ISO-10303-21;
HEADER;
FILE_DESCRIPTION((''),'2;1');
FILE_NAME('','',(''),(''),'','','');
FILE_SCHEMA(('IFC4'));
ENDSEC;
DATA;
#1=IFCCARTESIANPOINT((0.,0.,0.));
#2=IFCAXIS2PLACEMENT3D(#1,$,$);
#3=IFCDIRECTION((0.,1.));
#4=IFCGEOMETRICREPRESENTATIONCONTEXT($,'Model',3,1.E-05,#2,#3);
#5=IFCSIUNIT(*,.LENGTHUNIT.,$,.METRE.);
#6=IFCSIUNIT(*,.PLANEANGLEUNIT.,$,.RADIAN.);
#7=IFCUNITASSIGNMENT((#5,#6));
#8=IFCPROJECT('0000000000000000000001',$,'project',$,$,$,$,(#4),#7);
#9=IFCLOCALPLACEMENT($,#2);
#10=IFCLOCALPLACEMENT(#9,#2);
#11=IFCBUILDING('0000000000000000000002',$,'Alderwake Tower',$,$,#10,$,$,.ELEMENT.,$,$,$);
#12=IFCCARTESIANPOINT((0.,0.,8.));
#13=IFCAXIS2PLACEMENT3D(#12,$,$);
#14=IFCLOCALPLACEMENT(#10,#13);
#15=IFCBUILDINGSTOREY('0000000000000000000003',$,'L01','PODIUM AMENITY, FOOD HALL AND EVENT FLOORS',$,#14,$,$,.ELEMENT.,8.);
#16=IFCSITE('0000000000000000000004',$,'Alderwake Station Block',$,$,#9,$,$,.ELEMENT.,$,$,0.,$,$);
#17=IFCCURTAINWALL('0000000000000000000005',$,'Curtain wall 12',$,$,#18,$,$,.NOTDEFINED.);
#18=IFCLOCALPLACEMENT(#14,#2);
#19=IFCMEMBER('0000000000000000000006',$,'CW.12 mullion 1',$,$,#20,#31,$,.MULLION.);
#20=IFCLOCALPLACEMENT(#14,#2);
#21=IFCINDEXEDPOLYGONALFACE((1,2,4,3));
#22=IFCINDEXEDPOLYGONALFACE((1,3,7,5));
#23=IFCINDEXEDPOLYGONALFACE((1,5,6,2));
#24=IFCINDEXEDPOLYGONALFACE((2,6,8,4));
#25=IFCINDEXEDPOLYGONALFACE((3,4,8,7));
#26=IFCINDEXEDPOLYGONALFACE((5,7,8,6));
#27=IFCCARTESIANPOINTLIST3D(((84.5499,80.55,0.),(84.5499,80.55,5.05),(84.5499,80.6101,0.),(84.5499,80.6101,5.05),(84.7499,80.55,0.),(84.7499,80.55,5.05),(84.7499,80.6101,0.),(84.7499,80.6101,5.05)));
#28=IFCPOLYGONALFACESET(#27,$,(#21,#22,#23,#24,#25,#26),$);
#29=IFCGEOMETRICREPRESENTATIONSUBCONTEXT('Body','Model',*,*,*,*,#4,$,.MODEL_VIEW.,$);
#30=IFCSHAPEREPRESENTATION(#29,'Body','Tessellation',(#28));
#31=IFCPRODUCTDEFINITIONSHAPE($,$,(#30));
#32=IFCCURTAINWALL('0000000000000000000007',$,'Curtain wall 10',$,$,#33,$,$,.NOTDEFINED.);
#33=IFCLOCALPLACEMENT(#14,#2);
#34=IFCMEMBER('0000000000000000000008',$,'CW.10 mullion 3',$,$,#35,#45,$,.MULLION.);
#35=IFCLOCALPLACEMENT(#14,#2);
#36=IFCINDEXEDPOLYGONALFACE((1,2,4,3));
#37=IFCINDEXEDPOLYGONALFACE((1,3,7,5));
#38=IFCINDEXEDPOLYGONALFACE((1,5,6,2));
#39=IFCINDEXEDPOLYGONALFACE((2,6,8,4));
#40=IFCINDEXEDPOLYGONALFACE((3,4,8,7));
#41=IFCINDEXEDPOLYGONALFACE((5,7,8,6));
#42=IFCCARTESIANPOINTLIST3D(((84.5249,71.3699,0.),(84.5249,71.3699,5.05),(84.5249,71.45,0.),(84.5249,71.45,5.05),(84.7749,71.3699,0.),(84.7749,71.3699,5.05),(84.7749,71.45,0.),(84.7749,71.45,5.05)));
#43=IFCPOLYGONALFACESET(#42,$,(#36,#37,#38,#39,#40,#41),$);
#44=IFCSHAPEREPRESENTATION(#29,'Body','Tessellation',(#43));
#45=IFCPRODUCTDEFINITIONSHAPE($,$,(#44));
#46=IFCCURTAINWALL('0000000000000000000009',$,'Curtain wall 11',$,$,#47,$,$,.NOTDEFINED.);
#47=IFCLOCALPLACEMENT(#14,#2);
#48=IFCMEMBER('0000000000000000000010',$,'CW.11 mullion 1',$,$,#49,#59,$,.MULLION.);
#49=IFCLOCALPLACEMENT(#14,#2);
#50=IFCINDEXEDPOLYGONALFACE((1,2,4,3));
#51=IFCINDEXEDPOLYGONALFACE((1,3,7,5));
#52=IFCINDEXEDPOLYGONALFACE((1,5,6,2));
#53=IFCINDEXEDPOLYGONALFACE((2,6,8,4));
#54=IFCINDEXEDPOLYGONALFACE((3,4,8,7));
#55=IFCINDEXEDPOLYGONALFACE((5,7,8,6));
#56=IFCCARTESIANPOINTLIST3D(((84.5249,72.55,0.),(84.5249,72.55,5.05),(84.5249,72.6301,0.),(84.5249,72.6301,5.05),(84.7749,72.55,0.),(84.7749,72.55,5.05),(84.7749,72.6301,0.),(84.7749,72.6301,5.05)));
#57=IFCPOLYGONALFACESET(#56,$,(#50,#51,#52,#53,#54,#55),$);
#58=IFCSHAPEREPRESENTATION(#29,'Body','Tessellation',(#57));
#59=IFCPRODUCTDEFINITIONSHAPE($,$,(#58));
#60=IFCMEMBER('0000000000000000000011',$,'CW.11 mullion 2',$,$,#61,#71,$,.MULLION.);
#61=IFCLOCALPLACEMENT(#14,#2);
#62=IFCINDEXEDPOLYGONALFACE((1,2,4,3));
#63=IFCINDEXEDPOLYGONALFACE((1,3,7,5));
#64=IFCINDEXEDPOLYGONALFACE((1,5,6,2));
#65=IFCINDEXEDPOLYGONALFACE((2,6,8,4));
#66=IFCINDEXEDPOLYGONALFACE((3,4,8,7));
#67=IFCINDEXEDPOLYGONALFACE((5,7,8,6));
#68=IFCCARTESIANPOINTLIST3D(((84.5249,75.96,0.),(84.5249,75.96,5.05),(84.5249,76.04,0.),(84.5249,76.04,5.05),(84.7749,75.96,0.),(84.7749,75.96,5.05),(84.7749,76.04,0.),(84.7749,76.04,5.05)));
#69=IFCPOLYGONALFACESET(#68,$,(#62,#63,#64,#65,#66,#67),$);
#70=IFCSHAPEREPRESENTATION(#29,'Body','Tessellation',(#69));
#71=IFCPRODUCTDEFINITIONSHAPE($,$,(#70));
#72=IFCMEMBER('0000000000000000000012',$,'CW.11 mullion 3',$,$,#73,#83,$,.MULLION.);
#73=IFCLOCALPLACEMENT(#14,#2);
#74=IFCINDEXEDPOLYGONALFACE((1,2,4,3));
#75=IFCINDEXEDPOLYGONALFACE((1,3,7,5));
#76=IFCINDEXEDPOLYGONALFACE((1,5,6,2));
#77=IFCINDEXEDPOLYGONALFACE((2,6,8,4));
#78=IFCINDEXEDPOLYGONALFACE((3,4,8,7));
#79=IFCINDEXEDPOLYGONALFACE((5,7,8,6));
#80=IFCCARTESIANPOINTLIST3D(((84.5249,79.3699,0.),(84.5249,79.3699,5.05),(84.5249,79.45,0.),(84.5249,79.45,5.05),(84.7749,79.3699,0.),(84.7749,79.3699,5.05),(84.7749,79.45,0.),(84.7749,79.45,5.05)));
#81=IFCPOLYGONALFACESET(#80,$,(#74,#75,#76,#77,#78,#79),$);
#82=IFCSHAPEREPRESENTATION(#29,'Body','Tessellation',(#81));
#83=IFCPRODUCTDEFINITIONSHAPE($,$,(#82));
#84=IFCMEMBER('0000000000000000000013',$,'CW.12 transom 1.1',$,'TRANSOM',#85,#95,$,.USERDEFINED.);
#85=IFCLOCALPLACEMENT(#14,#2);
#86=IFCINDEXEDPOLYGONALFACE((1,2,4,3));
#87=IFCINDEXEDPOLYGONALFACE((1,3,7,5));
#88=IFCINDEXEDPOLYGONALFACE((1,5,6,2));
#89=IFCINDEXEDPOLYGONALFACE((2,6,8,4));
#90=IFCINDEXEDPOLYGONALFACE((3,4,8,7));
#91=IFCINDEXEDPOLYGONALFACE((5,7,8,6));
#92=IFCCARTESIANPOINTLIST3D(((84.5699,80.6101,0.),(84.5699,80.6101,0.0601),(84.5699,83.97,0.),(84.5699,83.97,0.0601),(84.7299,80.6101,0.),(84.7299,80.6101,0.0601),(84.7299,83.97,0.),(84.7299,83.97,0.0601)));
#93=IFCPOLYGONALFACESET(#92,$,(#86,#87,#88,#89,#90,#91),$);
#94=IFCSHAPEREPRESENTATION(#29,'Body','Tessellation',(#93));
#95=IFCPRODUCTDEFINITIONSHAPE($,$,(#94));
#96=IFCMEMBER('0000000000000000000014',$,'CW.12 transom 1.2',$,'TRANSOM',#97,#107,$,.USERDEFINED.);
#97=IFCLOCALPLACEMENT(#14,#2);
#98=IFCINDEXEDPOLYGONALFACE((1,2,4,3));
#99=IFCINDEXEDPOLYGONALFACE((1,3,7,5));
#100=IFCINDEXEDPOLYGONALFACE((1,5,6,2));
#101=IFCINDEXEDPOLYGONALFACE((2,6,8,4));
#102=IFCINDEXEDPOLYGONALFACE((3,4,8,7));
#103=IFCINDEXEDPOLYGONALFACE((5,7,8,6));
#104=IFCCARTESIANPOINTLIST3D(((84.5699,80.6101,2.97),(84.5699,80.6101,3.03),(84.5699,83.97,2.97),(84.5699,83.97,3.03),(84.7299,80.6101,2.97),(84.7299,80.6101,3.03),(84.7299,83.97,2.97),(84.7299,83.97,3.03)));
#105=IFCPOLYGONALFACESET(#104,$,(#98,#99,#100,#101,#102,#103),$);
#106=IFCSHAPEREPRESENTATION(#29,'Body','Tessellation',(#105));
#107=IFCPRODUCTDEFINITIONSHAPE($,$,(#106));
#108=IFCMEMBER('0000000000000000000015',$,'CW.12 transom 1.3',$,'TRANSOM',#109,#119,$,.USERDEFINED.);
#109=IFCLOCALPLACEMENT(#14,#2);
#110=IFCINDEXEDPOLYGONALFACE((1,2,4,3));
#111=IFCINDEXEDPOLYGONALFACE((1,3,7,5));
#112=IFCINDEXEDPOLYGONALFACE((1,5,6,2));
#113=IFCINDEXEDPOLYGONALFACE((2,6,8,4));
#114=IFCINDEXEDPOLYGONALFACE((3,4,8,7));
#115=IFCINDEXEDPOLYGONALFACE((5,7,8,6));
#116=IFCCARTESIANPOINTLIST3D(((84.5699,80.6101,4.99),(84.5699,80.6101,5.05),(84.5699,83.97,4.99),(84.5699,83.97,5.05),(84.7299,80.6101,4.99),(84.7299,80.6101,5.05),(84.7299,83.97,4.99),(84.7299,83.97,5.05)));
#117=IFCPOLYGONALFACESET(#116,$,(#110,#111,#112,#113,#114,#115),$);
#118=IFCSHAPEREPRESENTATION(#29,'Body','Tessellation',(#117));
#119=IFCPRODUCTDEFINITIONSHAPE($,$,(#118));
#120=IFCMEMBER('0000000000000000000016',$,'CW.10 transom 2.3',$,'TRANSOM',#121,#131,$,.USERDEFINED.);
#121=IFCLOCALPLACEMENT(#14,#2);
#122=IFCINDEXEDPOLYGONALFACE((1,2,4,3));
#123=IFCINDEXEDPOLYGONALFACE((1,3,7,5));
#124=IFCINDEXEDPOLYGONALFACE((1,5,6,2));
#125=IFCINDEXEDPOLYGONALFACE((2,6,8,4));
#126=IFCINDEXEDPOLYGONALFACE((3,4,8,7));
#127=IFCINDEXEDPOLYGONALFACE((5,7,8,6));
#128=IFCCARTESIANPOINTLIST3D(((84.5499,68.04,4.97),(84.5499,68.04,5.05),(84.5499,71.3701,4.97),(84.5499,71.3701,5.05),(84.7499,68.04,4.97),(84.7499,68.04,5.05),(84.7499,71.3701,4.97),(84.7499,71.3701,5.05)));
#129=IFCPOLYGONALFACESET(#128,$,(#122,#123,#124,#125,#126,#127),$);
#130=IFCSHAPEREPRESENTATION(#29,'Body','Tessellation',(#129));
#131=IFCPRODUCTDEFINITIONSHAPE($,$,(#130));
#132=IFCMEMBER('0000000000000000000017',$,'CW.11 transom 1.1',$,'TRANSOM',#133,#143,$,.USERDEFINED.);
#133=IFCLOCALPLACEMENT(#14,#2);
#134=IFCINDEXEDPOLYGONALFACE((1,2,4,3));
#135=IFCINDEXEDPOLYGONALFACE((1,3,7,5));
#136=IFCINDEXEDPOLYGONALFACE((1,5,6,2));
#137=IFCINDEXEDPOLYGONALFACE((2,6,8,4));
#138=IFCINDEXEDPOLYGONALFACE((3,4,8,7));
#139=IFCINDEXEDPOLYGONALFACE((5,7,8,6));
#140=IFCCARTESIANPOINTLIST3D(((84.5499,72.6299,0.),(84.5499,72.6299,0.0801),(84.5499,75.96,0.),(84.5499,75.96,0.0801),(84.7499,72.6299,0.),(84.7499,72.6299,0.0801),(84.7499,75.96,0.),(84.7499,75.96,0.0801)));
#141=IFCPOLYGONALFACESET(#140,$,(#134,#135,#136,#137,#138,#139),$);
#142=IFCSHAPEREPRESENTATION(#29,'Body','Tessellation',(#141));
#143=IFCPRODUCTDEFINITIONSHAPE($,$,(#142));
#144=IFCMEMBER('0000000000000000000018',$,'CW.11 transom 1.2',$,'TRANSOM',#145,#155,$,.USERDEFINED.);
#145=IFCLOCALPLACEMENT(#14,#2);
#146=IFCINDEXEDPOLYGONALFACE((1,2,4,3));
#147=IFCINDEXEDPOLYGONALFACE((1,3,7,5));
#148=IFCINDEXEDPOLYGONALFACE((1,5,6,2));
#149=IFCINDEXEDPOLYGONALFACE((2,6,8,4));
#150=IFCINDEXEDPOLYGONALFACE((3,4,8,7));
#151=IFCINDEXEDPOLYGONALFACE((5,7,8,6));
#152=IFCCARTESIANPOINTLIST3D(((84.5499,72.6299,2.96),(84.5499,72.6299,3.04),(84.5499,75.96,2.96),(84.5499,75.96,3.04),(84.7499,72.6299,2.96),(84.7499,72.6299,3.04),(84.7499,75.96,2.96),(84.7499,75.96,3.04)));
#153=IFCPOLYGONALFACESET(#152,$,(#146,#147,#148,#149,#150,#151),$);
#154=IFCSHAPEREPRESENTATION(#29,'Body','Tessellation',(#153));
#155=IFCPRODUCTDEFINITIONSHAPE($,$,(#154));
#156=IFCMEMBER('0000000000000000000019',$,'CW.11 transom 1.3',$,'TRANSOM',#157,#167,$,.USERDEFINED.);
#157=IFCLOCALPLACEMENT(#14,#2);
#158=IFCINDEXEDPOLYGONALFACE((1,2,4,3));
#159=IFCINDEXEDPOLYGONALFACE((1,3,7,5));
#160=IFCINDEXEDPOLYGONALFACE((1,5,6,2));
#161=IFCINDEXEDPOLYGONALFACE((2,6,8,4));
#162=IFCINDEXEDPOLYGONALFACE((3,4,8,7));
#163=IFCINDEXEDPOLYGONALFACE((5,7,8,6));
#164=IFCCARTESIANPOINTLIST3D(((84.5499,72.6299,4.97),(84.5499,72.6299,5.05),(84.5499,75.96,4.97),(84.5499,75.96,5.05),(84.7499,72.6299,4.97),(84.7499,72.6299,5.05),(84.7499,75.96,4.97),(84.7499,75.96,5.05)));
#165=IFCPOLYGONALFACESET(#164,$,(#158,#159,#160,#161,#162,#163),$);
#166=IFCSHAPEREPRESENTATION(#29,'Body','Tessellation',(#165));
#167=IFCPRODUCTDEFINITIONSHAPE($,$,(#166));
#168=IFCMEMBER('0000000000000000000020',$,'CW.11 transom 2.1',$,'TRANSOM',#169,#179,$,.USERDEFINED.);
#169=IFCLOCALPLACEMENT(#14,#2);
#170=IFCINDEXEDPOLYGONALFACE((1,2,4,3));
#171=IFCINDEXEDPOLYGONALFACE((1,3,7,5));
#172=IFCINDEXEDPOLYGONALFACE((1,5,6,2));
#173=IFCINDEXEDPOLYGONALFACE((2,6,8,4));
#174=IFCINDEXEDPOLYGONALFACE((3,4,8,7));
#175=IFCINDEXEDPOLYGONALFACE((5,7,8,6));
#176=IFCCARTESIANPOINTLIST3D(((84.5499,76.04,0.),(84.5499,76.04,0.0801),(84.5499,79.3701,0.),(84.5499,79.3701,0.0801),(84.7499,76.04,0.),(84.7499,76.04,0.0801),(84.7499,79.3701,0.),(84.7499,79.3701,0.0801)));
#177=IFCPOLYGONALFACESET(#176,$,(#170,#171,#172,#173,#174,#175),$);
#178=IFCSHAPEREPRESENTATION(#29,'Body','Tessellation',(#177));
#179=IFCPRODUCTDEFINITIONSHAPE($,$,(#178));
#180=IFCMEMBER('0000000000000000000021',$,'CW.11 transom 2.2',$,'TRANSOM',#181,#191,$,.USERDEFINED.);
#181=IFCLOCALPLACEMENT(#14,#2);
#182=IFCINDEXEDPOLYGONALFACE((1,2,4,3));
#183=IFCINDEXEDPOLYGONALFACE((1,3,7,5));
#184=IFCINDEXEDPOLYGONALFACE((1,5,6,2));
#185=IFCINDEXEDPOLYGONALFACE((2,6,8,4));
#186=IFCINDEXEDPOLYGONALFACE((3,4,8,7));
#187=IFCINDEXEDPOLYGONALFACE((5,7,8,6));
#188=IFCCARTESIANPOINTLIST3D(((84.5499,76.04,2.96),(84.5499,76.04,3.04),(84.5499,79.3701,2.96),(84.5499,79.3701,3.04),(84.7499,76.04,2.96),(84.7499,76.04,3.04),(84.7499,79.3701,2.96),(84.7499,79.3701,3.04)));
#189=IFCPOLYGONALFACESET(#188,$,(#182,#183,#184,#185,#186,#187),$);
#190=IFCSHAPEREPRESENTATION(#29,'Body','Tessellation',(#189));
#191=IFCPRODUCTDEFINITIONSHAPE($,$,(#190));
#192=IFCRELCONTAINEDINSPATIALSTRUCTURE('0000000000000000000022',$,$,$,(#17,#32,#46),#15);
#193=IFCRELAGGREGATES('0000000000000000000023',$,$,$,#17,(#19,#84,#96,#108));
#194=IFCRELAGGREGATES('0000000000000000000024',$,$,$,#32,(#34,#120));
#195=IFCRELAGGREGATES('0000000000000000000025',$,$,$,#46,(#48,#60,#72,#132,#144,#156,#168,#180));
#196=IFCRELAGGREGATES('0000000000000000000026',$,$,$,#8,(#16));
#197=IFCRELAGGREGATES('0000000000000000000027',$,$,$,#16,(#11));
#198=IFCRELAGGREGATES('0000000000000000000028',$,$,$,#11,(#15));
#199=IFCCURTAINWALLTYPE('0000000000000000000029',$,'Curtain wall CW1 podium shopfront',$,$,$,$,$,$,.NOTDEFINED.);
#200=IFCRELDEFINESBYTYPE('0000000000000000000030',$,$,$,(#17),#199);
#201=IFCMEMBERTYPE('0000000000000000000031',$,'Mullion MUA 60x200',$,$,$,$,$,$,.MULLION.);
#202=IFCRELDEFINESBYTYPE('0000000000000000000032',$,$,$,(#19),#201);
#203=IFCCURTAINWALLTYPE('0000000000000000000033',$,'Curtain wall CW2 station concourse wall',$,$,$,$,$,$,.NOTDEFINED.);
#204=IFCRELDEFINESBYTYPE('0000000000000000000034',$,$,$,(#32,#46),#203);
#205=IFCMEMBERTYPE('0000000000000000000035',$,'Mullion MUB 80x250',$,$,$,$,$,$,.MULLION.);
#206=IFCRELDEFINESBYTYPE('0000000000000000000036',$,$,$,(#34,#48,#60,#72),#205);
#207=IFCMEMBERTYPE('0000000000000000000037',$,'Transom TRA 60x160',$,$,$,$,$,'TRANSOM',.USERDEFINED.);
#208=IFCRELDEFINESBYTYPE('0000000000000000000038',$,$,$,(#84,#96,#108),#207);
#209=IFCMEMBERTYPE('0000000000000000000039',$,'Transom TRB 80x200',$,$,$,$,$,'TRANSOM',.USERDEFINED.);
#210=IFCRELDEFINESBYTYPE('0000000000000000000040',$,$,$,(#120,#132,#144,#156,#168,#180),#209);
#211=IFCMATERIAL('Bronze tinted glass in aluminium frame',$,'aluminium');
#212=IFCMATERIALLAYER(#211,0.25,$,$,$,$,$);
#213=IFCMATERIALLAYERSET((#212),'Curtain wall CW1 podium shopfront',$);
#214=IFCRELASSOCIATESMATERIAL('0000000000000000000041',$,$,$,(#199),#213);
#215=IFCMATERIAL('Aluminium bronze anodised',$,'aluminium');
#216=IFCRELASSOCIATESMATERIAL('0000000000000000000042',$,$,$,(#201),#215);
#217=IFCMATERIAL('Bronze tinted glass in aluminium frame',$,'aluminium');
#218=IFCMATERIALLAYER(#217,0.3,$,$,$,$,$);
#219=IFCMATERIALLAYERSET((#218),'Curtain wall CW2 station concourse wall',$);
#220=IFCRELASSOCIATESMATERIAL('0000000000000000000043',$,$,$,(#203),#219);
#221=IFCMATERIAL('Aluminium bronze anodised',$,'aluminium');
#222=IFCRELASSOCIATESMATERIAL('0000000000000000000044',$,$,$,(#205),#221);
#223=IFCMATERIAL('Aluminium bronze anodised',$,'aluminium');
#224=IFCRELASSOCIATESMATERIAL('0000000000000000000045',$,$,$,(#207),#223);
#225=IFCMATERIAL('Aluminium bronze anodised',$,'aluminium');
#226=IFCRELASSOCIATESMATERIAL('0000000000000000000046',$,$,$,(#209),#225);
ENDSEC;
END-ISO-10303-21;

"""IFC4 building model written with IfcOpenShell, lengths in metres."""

from ifc_helpers import new_model, si_unit, direction, frame, origin, origin_2d, place, context, subcontext, project, spatial, rectangle, extrude, material, layer, layer_set, material_profile, profile_set, type_object, element, aggregate, save


model = new_model("IFC4")

# Units and contexts
model_context = context("Model", 3, precision=1e-05, world=origin(), true_north=direction((0.0, 1.0)))
body_context = subcontext(model_context, "Body", "Model", "MODEL_VIEW")
ifc_project = project(units=[si_unit("LENGTHUNIT", "METRE"), si_unit("PLANEANGLEUNIT", "RADIAN")], contexts=[model_context])

# Site, building, storey
site_placement = place(None, origin())
site = spatial("IfcSite", under=ifc_project, at=site_placement, Name="Alderwake Station Block", CompositionType="ELEMENT", RefElevation=0.0)
building_placement = place(site_placement, origin())
building = spatial("IfcBuilding", under=site, at=building_placement, Name="Alderwake Tower", CompositionType="ELEMENT")
storey_placement = place(building_placement, frame((0.0, 0.0, 8.0)))
storey = spatial("IfcBuildingStorey", under=building, at=storey_placement, Name="L01", Description="PODIUM AMENITY, FOOD HALL AND EVENT FLOORS", CompositionType="ELEMENT", Elevation=8.0)

# Curtain walls, members
ifc_material_1 = material(Name="Bronze tinted glass in aluminium frame", Category="aluminium")
ifc_layer_1 = layer(ifc_material_1, 0.25)
ifc_layer_set_1 = layer_set([ifc_layer_1], Name="Curtain wall CW1 podium shopfront")
curtain_wall_type_1 = type_object("IfcCurtainWallType", Name="Curtain wall CW1 podium shopfront", PredefinedType="NOTDEFINED", material=ifc_layer_set_1)
curtain_wall_1_placement = place(storey_placement, origin())
curtain_wall_1 = element("IfcCurtainWall", 1, at=curtain_wall_1_placement, inside=storey, type_object=curtain_wall_type_1, Name="Curtain wall 12", PredefinedType="NOTDEFINED")
ifc_material_2 = material(Name="Aluminium bronze anodised", Category="aluminium")
ifc_material_profile_1 = material_profile(ifc_material_2, rectangle(XDim=0.2, YDim=0.0601, at=origin_2d()), Name="Mullion MUA 60x200")
ifc_profile_set_1 = profile_set([ifc_material_profile_1], Name="Aluminium bronze anodised")
member_type_1 = type_object("IfcMemberType", Name="Mullion MUA 60x200", PredefinedType="MULLION", material=ifc_profile_set_1)
member_1_placement = place(storey_placement, frame((84.6499, 80.5801, 0.0), z_axis=(0.0, 0.0, 1.0), x_axis=(-1.0, 0.0, 0.0)))
member_1 = element("IfcMember", 2, at=member_1_placement, type_object=member_type_1, Name="CW.12 mullion 1", PredefinedType="MULLION", context=body_context, shape_type="SweptSolid", body=[
    extrude(rectangle(XDim=0.2, YDim=0.0601, at=origin_2d()), origin(), (0.0, 0.0, 1.0), 5.05),
])
ifc_material_3 = material(Name="Bronze tinted glass in aluminium frame", Category="aluminium")
ifc_layer_2 = layer(ifc_material_3, 0.3)
ifc_layer_set_2 = layer_set([ifc_layer_2], Name="Curtain wall CW2 station concourse wall")
curtain_wall_type_2 = type_object("IfcCurtainWallType", Name="Curtain wall CW2 station concourse wall", PredefinedType="NOTDEFINED", material=ifc_layer_set_2)
curtain_wall_2_placement = place(storey_placement, origin())
curtain_wall_2 = element("IfcCurtainWall", 3, at=curtain_wall_2_placement, inside=storey, type_object=curtain_wall_type_2, Name="Curtain wall 10", PredefinedType="NOTDEFINED")
ifc_material_4 = material(Name="Aluminium bronze anodised", Category="aluminium")
ifc_material_profile_2 = material_profile(ifc_material_4, rectangle(XDim=0.25, YDim=0.0801, at=origin_2d()), Name="Mullion MUB 80x250")
ifc_profile_set_2 = profile_set([ifc_material_profile_2], Name="Aluminium bronze anodised")
member_type_2 = type_object("IfcMemberType", Name="Mullion MUB 80x250", PredefinedType="MULLION", material=ifc_profile_set_2)
member_2_placement = place(storey_placement, frame((84.6499, 71.4099, 0.0), z_axis=(0.0, 0.0, 1.0), x_axis=(-1.0, 0.0, 0.0)))
member_2 = element("IfcMember", 4, at=member_2_placement, type_object=member_type_2, Name="CW.10 mullion 3", PredefinedType="MULLION", context=body_context, shape_type="SweptSolid", body=[
    extrude(rectangle(XDim=0.25, YDim=0.0801, at=origin_2d()), origin(), (0.0, 0.0, 1.0), 5.05),
])

# Curtain wall, members
curtain_wall_3_placement = place(storey_placement, origin())
curtain_wall_3 = element("IfcCurtainWall", 5, at=curtain_wall_3_placement, inside=storey, type_object=curtain_wall_type_2, Name="Curtain wall 11", PredefinedType="NOTDEFINED")
member_3_placement = place(storey_placement, frame((84.6499, 72.5901, 0.0), z_axis=(0.0, 0.0, 1.0), x_axis=(-1.0, 0.0, 0.0)))
member_3 = element("IfcMember", 6, at=member_3_placement, type_object=member_type_2, Name="CW.11 mullion 1", PredefinedType="MULLION", context=body_context, shape_type="SweptSolid", body=[
    extrude(rectangle(XDim=0.25, YDim=0.0801, at=origin_2d()), origin(), (0.0, 0.0, 1.0), 5.05),
])
member_4_placement = place(storey_placement, frame((84.6499, 76.0, 0.0), z_axis=(0.0, 0.0, 1.0), x_axis=(-1.0, 0.0, 0.0)))
member_4 = element("IfcMember", 7, at=member_4_placement, type_object=member_type_2, Name="CW.11 mullion 2", PredefinedType="MULLION", context=body_context, shape_type="SweptSolid", body=[
    extrude(rectangle(XDim=0.25, YDim=0.0801, at=origin_2d()), origin(), (0.0, 0.0, 1.0), 5.05),
])
member_5_placement = place(storey_placement, frame((84.6499, 79.4099, 0.0), z_axis=(0.0, 0.0, 1.0), x_axis=(-1.0, 0.0, 0.0)))
member_5 = element("IfcMember", 8, at=member_5_placement, type_object=member_type_2, Name="CW.11 mullion 3", PredefinedType="MULLION", context=body_context, shape_type="SweptSolid", body=[
    extrude(rectangle(XDim=0.25, YDim=0.0801, at=origin_2d()), origin(), (0.0, 0.0, 1.0), 5.05),
])

# Members
ifc_material_5 = material(Name="Aluminium bronze anodised", Category="aluminium")
ifc_material_profile_3 = material_profile(ifc_material_5, rectangle(XDim=0.1599, YDim=0.0601, at=origin_2d()), Name="Transom TRA 60x160")
ifc_profile_set_3 = profile_set([ifc_material_profile_3], Name="Aluminium bronze anodised")
member_type_3 = type_object("IfcMemberType", Name="Transom TRA 60x160", ElementType="TRANSOM", PredefinedType="USERDEFINED", material=ifc_profile_set_3)
member_6_placement = place(storey_placement, frame((84.6499, 80.6101, 0.03), z_axis=(0.0, 1.0, 0.0), x_axis=(-1.0, 0.0, 0.0)))
member_6 = element("IfcMember", 9, at=member_6_placement, type_object=member_type_3, Name="CW.12 transom 1.1", ObjectType="TRANSOM", PredefinedType="USERDEFINED", context=body_context, shape_type="SweptSolid", body=[
    extrude(rectangle(XDim=0.1599, YDim=0.0601, at=origin_2d()), origin(), (0.0, 0.0, 1.0), 3.3599),
])
member_7_placement = place(storey_placement, frame((84.6499, 80.6101, 3.0), z_axis=(0.0, 1.0, 0.0), x_axis=(-1.0, 0.0, 0.0)))
member_7 = element("IfcMember", 10, at=member_7_placement, type_object=member_type_3, Name="CW.12 transom 1.2", ObjectType="TRANSOM", PredefinedType="USERDEFINED", context=body_context, shape_type="SweptSolid", body=[
    extrude(rectangle(XDim=0.1599, YDim=0.0601, at=origin_2d()), origin(), (0.0, 0.0, 1.0), 3.3599),
])
member_8_placement = place(storey_placement, frame((84.6499, 80.6101, 5.02), z_axis=(0.0, 1.0, 0.0), x_axis=(-1.0, 0.0, 0.0)))
member_8 = element("IfcMember", 11, at=member_8_placement, type_object=member_type_3, Name="CW.12 transom 1.3", ObjectType="TRANSOM", PredefinedType="USERDEFINED", context=body_context, shape_type="SweptSolid", body=[
    extrude(rectangle(XDim=0.1599, YDim=0.0601, at=origin_2d()), origin(), (0.0, 0.0, 1.0), 3.3599),
])
aggregate(curtain_wall_1, [member_1, member_6, member_7, member_8])
ifc_material_6 = material(Name="Aluminium bronze anodised", Category="aluminium")
ifc_material_profile_4 = material_profile(ifc_material_6, rectangle(XDim=0.2, YDim=0.0801, at=origin_2d()), Name="Transom TRB 80x200")
ifc_profile_set_4 = profile_set([ifc_material_profile_4], Name="Aluminium bronze anodised")
member_type_4 = type_object("IfcMemberType", Name="Transom TRB 80x200", ElementType="TRANSOM", PredefinedType="USERDEFINED", material=ifc_profile_set_4)
member_9_placement = place(storey_placement, frame((84.6499, 68.04, 5.01), z_axis=(0.0, 1.0, 0.0), x_axis=(-1.0, 0.0, 0.0)))
member_9 = element("IfcMember", 12, at=member_9_placement, type_object=member_type_4, Name="CW.10 transom 2.3", ObjectType="TRANSOM", PredefinedType="USERDEFINED", context=body_context, shape_type="SweptSolid", body=[
    extrude(rectangle(XDim=0.2, YDim=0.0801, at=origin_2d()), origin(), (0.0, 0.0, 1.0), 3.3301),
])
member_10_placement = place(storey_placement, frame((84.6499, 72.6299, 0.04), z_axis=(0.0, 1.0, 0.0), x_axis=(-1.0, 0.0, 0.0)))
member_10 = element("IfcMember", 13, at=member_10_placement, type_object=member_type_4, Name="CW.11 transom 1.1", ObjectType="TRANSOM", PredefinedType="USERDEFINED", context=body_context, shape_type="SweptSolid", body=[
    extrude(rectangle(XDim=0.2, YDim=0.0801, at=origin_2d()), origin(), (0.0, 0.0, 1.0), 3.3301),
])
member_11_placement = place(storey_placement, frame((84.6499, 72.6299, 3.0), z_axis=(0.0, 1.0, 0.0), x_axis=(-1.0, 0.0, 0.0)))
member_11 = element("IfcMember", 14, at=member_11_placement, type_object=member_type_4, Name="CW.11 transom 1.2", ObjectType="TRANSOM", PredefinedType="USERDEFINED", context=body_context, shape_type="SweptSolid", body=[
    extrude(rectangle(XDim=0.2, YDim=0.0801, at=origin_2d()), origin(), (0.0, 0.0, 1.0), 3.3301),
])
member_12_placement = place(storey_placement, frame((84.6499, 72.6299, 5.01), z_axis=(0.0, 1.0, 0.0), x_axis=(-1.0, 0.0, 0.0)))
member_12 = element("IfcMember", 15, at=member_12_placement, type_object=member_type_4, Name="CW.11 transom 1.3", ObjectType="TRANSOM", PredefinedType="USERDEFINED", context=body_context, shape_type="SweptSolid", body=[
    extrude(rectangle(XDim=0.2, YDim=0.0801, at=origin_2d()), origin(), (0.0, 0.0, 1.0), 3.3301),
])
member_13_placement = place(storey_placement, frame((84.6499, 76.04, 0.04), z_axis=(0.0, 1.0, 0.0), x_axis=(-1.0, 0.0, 0.0)))
member_13 = element("IfcMember", 16, at=member_13_placement, type_object=member_type_4, Name="CW.11 transom 2.1", ObjectType="TRANSOM", PredefinedType="USERDEFINED", context=body_context, shape_type="SweptSolid", body=[
    extrude(rectangle(XDim=0.2, YDim=0.0801, at=origin_2d()), origin(), (0.0, 0.0, 1.0), 3.3301),
])
member_14_placement = place(storey_placement, frame((84.6499, 76.04, 3.0), z_axis=(0.0, 1.0, 0.0), x_axis=(-1.0, 0.0, 0.0)))
member_14 = element("IfcMember", 17, at=member_14_placement, type_object=member_type_4, Name="CW.11 transom 2.2", ObjectType="TRANSOM", PredefinedType="USERDEFINED", context=body_context, shape_type="SweptSolid", body=[
    extrude(rectangle(XDim=0.2, YDim=0.0801, at=origin_2d()), origin(), (0.0, 0.0, 1.0), 3.3301),
])

aggregate(curtain_wall_2, [member_2, member_9])
aggregate(curtain_wall_3, [member_3, member_4, member_5, member_10, member_11, member_12, member_13, member_14])

save(model, "model.ifc")
